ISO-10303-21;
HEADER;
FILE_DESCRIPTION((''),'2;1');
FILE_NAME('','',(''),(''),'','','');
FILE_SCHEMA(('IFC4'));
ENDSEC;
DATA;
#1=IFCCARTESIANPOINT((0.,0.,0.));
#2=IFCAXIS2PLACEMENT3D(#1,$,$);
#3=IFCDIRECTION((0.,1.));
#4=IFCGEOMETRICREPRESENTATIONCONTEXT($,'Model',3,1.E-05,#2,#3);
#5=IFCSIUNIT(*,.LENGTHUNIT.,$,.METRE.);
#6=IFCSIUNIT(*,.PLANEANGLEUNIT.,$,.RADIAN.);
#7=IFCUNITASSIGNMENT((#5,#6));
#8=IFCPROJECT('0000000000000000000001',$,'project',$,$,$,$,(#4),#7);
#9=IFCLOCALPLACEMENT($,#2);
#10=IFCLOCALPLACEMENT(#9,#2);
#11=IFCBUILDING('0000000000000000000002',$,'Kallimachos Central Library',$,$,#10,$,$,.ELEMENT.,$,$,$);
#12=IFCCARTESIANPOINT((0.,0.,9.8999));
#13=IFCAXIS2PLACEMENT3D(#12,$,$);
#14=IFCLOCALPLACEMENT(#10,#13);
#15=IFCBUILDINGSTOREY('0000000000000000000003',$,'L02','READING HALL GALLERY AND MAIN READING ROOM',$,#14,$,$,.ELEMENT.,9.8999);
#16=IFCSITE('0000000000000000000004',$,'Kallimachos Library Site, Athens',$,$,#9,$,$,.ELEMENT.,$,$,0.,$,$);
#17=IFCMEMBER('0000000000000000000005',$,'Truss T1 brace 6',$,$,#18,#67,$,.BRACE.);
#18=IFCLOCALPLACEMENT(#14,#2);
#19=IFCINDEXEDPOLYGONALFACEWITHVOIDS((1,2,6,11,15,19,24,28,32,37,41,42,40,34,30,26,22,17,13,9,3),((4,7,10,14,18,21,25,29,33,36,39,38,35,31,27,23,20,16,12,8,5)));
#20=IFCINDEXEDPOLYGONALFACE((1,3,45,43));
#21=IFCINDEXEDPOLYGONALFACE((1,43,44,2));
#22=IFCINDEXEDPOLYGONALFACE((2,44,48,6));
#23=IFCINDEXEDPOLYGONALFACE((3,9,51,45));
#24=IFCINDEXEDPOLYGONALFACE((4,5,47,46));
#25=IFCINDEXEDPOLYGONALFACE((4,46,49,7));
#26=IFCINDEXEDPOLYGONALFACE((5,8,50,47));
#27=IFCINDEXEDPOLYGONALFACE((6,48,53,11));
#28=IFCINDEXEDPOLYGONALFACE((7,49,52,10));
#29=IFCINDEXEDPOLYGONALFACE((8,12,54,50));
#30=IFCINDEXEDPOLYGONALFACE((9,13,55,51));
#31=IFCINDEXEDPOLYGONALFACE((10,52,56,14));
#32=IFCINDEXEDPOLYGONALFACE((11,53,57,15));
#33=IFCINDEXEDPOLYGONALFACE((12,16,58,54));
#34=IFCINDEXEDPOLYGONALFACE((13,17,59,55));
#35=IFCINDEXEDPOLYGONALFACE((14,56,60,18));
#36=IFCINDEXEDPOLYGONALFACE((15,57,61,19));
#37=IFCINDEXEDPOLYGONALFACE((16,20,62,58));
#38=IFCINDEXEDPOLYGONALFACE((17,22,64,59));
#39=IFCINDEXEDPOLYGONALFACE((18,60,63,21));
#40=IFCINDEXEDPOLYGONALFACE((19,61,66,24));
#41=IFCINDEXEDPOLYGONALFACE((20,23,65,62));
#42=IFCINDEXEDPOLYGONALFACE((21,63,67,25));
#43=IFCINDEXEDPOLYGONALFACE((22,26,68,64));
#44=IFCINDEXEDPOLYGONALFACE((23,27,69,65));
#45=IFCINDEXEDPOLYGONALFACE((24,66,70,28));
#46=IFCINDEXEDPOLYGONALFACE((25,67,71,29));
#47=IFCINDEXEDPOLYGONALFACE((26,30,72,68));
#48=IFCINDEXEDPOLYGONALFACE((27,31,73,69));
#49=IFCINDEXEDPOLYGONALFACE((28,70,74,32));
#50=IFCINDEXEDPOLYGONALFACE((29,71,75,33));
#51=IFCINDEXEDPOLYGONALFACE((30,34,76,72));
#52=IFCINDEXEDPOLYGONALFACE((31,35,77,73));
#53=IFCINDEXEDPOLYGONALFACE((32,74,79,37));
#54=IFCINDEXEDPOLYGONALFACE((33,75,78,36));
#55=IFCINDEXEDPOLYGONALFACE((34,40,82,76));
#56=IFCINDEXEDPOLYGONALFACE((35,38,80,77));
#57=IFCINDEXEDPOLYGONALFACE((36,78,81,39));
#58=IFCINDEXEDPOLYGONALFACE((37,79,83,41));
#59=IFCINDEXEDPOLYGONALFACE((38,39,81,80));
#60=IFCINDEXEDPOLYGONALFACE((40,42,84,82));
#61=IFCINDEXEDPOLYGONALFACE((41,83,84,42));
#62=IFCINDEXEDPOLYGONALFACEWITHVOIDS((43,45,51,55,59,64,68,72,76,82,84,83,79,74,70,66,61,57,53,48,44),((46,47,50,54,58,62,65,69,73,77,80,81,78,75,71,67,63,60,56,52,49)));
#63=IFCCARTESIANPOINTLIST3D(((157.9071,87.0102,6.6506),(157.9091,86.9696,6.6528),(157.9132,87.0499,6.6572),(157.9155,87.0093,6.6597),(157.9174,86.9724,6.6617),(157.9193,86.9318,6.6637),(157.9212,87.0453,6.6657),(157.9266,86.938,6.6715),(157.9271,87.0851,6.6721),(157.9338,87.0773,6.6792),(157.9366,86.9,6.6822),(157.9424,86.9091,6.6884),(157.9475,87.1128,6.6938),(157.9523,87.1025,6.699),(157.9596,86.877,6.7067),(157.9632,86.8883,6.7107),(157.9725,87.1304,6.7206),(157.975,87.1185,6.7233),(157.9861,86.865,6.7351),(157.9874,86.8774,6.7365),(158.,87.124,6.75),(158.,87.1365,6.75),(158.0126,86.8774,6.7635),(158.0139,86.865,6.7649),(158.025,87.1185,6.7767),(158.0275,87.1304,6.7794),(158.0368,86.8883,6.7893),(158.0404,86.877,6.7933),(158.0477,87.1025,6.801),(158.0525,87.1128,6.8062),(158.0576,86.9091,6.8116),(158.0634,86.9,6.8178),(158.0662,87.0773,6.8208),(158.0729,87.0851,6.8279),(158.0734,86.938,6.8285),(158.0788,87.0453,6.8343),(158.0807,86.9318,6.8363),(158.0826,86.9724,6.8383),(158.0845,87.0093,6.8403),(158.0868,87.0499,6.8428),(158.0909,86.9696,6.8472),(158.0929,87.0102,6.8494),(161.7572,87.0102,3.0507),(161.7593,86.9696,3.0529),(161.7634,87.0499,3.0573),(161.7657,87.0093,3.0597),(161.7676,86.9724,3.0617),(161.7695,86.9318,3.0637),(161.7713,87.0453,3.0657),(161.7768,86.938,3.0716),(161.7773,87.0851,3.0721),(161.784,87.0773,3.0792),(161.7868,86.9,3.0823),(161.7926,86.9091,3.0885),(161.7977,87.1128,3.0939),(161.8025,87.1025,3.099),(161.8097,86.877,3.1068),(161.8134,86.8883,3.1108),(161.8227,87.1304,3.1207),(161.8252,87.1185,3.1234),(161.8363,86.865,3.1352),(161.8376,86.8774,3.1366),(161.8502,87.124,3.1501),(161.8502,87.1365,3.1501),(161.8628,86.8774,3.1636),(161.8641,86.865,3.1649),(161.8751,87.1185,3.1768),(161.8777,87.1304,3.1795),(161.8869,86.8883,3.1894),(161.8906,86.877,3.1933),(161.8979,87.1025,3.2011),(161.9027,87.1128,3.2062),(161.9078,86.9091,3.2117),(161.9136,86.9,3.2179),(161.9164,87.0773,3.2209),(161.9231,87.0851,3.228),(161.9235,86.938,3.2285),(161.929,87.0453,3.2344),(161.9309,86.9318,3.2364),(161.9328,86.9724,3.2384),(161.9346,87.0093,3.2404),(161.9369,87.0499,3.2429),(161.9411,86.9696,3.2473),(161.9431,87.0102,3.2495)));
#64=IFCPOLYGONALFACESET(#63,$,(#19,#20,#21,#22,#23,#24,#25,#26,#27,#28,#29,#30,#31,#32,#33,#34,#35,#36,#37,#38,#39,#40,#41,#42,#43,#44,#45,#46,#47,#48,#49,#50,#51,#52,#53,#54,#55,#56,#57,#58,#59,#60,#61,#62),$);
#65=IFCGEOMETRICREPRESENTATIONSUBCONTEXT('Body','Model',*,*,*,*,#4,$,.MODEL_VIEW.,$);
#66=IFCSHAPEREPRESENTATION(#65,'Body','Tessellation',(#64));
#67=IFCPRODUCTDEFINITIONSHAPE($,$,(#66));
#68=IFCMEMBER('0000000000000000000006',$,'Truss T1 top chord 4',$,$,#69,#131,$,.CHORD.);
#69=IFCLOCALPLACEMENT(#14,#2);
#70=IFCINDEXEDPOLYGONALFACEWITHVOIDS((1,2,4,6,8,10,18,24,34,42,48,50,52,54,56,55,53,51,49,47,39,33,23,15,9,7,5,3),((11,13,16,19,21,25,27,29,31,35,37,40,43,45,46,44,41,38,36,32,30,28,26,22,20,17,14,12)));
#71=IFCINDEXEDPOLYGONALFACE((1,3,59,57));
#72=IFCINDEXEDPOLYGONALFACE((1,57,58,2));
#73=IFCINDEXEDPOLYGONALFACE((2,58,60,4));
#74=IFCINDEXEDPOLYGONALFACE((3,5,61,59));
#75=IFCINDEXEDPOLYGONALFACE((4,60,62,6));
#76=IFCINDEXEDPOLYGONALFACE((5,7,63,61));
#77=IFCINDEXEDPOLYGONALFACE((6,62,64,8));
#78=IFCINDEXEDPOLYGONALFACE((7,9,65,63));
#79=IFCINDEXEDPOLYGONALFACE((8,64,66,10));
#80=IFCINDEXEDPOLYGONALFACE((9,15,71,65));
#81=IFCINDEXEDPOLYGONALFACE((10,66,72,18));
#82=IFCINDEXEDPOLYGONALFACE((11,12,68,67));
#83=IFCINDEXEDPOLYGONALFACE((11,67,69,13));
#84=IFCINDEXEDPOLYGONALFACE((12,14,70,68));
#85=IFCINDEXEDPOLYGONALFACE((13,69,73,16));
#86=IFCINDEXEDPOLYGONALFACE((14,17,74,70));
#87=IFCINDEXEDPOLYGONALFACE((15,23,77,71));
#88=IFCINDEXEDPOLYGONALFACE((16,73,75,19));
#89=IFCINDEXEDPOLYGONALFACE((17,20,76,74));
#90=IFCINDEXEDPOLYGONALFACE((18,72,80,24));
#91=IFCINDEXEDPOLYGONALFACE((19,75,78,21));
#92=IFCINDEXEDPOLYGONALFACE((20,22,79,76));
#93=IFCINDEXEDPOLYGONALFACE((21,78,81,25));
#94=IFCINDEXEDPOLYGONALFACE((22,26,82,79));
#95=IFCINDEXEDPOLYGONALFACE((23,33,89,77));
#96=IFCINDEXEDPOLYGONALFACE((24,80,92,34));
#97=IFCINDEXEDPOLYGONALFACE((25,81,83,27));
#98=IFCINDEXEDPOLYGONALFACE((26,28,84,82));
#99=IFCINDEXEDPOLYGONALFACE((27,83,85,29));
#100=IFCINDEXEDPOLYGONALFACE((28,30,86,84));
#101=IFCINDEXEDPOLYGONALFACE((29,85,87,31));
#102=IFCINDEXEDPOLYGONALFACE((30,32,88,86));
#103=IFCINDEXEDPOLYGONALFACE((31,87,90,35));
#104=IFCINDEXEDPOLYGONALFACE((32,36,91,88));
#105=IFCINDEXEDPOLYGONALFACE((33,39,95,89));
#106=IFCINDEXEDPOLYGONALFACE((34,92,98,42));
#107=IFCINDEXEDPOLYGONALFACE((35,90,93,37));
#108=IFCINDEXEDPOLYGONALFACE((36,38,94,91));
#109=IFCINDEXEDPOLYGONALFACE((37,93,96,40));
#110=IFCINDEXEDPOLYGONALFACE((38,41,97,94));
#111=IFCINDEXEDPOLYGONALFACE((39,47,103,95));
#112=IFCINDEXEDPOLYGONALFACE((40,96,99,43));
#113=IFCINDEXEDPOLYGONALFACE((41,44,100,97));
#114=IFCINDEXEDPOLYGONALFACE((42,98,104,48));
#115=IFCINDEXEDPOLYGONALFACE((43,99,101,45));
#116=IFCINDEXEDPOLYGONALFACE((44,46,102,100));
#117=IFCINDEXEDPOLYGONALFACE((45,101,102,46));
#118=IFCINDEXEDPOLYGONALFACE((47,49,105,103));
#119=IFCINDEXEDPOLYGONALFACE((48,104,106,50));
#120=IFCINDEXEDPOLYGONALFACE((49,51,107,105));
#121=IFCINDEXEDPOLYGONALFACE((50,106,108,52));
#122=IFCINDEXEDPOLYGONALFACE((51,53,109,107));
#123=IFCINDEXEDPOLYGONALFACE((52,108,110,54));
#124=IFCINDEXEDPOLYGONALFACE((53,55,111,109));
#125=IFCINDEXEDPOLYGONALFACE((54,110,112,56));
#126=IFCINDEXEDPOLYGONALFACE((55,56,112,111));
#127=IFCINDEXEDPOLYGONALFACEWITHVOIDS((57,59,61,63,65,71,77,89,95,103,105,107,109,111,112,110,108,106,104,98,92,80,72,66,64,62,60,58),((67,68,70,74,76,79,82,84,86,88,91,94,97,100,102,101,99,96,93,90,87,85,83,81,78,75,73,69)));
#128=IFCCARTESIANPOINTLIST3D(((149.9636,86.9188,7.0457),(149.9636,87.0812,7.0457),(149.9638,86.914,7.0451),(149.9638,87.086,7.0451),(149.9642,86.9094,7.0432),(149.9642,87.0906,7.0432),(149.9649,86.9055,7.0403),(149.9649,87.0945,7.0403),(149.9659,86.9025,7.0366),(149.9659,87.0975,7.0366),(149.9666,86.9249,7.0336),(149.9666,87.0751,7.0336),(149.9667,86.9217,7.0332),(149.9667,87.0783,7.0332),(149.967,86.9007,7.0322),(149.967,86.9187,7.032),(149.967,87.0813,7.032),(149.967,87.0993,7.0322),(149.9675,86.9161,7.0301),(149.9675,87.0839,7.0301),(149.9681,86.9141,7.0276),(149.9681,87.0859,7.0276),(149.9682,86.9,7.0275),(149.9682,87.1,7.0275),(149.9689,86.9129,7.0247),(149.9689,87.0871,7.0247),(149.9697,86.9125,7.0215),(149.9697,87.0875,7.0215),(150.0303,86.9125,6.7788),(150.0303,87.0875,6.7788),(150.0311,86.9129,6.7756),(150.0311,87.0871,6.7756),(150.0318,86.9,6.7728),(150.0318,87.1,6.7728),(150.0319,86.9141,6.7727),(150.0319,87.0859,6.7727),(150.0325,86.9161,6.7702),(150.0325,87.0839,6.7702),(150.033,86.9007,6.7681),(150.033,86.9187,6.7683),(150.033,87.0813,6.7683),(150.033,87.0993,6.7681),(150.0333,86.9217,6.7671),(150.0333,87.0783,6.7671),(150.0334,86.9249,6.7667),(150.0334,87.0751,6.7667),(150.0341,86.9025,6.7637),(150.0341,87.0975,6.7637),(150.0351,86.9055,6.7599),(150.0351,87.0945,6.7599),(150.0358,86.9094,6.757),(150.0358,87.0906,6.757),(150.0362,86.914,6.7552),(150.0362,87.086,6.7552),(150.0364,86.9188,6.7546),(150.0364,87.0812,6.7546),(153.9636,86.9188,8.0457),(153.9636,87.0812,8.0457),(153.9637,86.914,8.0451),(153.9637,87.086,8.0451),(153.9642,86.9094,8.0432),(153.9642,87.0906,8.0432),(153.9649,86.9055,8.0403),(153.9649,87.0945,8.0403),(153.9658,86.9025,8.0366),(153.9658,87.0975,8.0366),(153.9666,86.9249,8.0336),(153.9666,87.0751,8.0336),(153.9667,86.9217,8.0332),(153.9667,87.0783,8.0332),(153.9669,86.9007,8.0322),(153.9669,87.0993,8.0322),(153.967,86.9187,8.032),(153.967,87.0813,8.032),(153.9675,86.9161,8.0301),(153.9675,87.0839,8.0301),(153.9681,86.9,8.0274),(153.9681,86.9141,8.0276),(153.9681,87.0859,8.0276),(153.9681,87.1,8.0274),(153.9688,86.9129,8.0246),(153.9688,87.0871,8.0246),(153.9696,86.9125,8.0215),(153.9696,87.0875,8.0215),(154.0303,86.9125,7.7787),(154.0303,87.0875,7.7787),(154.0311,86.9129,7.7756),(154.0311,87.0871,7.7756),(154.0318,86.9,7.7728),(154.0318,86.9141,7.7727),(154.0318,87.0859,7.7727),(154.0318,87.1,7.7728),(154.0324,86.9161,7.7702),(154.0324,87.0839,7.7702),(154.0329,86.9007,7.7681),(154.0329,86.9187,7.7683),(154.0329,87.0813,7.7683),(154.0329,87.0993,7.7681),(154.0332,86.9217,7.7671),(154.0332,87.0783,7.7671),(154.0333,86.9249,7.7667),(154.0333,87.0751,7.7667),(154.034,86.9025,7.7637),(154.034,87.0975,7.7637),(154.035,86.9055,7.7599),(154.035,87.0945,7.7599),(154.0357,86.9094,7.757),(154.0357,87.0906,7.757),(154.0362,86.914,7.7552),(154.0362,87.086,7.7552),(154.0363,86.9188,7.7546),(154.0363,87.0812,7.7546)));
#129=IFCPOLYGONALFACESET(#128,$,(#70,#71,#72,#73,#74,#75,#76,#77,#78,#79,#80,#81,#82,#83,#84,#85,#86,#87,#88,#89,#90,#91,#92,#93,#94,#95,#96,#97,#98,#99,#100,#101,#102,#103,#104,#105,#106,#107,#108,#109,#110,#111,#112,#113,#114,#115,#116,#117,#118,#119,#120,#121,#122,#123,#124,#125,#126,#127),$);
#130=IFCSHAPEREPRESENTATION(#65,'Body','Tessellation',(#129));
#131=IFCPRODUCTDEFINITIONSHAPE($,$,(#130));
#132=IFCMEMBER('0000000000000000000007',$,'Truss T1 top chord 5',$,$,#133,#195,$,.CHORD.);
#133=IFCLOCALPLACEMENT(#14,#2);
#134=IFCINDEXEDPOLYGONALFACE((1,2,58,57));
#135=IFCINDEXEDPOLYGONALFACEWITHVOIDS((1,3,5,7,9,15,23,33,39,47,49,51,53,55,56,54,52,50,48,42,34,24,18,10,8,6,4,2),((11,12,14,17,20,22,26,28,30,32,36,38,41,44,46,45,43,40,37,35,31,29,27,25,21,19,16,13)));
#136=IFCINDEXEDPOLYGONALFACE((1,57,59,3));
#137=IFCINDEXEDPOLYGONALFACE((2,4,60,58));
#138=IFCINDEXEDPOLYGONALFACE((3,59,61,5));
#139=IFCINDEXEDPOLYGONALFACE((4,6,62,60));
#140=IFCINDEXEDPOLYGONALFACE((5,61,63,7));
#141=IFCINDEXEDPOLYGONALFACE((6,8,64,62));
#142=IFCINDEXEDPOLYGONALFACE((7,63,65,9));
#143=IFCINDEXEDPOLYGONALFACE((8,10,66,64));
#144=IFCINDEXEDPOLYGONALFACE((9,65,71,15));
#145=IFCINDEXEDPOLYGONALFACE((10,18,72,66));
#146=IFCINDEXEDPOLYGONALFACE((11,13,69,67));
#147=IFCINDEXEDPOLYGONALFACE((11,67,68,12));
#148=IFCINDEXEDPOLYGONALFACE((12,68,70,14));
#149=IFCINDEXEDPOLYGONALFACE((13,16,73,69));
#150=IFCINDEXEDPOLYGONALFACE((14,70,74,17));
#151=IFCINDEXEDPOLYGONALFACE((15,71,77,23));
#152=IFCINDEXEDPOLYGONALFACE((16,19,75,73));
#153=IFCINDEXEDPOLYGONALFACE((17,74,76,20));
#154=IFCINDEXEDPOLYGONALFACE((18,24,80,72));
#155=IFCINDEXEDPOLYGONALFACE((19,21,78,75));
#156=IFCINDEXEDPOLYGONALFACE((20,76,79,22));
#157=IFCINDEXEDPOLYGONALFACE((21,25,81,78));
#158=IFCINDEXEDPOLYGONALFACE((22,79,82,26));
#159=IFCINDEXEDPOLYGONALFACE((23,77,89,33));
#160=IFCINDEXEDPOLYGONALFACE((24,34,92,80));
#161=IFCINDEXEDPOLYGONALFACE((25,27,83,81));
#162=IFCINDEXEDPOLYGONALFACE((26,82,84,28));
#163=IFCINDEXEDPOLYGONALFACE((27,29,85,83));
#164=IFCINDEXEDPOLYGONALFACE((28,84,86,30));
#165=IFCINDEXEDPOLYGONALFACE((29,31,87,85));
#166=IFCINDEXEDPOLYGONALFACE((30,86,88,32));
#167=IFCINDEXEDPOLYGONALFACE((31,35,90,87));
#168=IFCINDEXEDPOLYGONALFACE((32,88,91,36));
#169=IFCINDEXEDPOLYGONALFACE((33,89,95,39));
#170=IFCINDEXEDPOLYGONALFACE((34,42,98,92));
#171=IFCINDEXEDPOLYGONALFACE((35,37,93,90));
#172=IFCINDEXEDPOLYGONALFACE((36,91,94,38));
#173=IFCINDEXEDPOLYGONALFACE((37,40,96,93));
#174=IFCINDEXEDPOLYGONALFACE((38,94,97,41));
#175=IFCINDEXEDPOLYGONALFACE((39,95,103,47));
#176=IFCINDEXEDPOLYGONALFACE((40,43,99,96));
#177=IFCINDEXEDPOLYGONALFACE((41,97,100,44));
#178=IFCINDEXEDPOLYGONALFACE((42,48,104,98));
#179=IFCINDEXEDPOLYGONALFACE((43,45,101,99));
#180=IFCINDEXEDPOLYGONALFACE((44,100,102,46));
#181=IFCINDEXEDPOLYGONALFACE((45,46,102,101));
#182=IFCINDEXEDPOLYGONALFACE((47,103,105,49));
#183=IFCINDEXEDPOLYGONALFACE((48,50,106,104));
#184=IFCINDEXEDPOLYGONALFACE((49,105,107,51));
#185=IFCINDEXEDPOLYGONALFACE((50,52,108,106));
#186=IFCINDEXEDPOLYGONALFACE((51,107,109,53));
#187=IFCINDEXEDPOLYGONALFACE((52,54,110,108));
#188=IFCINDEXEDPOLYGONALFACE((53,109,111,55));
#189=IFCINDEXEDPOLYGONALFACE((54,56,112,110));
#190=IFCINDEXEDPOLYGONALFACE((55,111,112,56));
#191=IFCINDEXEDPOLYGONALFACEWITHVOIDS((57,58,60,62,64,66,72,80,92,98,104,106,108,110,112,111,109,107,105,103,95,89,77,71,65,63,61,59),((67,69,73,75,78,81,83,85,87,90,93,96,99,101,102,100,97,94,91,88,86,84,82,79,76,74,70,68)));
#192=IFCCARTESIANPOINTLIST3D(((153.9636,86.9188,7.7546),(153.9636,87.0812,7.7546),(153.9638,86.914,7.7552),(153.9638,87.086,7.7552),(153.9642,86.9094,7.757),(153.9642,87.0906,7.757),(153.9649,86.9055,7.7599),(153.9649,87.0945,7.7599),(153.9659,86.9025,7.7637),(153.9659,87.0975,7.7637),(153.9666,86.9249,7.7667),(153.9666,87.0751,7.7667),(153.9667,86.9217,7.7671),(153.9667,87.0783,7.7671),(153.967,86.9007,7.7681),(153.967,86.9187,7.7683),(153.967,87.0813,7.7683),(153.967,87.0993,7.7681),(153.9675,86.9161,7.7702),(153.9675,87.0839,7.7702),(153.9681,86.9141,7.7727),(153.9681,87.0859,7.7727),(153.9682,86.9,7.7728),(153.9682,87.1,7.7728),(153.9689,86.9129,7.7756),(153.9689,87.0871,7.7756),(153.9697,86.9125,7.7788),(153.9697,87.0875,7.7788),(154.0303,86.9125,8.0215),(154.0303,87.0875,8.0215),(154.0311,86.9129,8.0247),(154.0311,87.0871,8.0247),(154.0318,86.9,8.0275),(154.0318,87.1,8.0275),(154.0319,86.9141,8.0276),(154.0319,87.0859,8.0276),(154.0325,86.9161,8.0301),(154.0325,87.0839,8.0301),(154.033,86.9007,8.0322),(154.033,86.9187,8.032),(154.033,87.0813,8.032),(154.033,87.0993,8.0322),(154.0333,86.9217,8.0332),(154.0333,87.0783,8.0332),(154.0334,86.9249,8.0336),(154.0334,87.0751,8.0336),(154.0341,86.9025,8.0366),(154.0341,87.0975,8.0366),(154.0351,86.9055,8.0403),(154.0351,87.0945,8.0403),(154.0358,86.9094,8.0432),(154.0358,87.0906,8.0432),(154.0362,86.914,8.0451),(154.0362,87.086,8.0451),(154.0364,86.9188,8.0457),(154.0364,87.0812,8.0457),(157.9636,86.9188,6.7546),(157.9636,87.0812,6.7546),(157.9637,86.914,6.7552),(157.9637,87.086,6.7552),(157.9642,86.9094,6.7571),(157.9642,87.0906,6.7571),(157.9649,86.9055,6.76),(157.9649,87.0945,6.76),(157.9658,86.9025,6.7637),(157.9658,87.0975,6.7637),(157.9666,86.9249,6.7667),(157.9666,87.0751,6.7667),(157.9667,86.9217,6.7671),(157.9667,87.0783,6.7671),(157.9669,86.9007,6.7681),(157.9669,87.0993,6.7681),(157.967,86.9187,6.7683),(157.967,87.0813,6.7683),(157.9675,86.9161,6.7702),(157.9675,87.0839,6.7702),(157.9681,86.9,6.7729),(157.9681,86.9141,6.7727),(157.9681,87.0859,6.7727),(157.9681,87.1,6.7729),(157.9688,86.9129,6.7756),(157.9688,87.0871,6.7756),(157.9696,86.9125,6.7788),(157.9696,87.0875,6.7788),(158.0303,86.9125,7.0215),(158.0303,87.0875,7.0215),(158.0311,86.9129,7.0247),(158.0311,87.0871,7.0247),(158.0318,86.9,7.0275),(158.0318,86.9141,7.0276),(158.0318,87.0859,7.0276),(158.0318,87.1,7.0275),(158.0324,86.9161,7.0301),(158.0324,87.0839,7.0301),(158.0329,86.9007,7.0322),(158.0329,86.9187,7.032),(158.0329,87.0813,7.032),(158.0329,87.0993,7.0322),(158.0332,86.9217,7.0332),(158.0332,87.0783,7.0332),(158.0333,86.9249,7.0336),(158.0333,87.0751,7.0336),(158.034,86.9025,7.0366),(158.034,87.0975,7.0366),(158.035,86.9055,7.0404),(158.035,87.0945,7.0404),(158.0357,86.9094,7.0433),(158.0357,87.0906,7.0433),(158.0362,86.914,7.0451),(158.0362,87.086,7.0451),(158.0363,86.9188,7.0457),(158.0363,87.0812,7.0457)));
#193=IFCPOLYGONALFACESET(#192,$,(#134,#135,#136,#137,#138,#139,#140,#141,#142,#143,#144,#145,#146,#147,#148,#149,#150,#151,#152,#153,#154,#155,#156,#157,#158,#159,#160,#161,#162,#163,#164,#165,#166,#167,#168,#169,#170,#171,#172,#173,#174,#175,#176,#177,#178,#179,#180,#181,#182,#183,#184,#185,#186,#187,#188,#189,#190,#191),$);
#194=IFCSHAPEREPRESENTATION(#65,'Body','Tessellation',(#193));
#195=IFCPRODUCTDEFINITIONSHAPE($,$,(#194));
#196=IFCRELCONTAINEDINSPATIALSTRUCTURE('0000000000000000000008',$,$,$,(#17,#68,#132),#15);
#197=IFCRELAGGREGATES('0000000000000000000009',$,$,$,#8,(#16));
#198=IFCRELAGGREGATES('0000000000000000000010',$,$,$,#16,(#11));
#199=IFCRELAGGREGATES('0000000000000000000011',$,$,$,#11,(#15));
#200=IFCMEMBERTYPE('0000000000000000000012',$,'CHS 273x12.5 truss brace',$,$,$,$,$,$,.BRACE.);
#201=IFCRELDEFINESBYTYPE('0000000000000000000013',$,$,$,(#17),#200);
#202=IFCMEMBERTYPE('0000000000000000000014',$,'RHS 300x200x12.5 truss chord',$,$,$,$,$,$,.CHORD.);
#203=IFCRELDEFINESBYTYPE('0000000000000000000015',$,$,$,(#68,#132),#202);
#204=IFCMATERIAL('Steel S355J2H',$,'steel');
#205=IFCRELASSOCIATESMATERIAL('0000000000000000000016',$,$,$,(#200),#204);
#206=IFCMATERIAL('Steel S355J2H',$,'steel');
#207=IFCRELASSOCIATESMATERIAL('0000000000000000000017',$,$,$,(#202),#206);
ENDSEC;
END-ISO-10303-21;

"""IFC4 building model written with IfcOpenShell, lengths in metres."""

from ifc_helpers import new_model, si_unit, direction, frame, origin, origin_2d, place, context, subcontext, project, spatial, hollow_rectangle, hollow_circle, extrude, material, material_profile, profile_set, type_object, element, save


model = new_model("IFC4")

# Units and contexts
model_context = context("Model", 3, precision=1e-05, world=origin(), true_north=direction((0.0, 1.0)))
body_context = subcontext(model_context, "Body", "Model", "MODEL_VIEW")
ifc_project = project(units=[si_unit("LENGTHUNIT", "METRE"), si_unit("PLANEANGLEUNIT", "RADIAN")], contexts=[model_context])

# Site, building, storey
site_placement = place(None, origin())
site = spatial("IfcSite", under=ifc_project, at=site_placement, Name="Kallimachos Library Site, Athens", CompositionType="ELEMENT", RefElevation=0.0)
building_placement = place(site_placement, origin())
building = spatial("IfcBuilding", under=site, at=building_placement, Name="Kallimachos Central Library", CompositionType="ELEMENT")
storey_placement = place(building_placement, frame((0.0, 0.0, 9.8999)))
storey = spatial("IfcBuildingStorey", under=building, at=storey_placement, Name="L02", Description="READING HALL GALLERY AND MAIN READING ROOM", CompositionType="ELEMENT", Elevation=9.8999)

# Members
ifc_material_1 = material(Name="Steel S355J2H", Category="steel")
ifc_material_profile_1 = material_profile(ifc_material_1, hollow_circle(Radius=0.1365, WallThickness=0.0125, at=origin_2d()), Name="CHS 273x12.5")
ifc_profile_set_1 = profile_set([ifc_material_profile_1], Name="Steel S355J2H")
member_type_1 = type_object("IfcMemberType", Name="CHS 273x12.5 truss brace", PredefinedType="BRACE", material=ifc_profile_set_1)
member_1_placement = place(storey_placement, frame((158.0, 87.0, 6.75), z_axis=(0.730447, 0.0, -0.68297), x_axis=(0.0, 1.0, 0.0)))
element("IfcMember", 1, at=member_1_placement, inside=storey, type_object=member_type_1, Name="Truss T1 brace 6", PredefinedType="BRACE", context=body_context, shape_type="SweptSolid", body=[
    extrude(hollow_circle(Radius=0.1365, WallThickness=0.0125, at=origin_2d()), origin(), (0.0, 0.0, 1.0), 5.271),
])
ifc_material_2 = material(Name="Steel S355J2H", Category="steel")
ifc_material_profile_2 = material_profile(ifc_material_2, hollow_rectangle(XDim=0.2, YDim=0.3, WallThickness=0.0125, InnerFilletRadius=0.0125, OuterFilletRadius=0.0188, at=origin_2d()), Name="RHS 300x200x12.5")
ifc_profile_set_2 = profile_set([ifc_material_profile_2], Name="Steel S355J2H")
member_type_2 = type_object("IfcMemberType", Name="RHS 300x200x12.5 truss chord", PredefinedType="CHORD", material=ifc_profile_set_2)
for number, where, z_axis, x_axis, name in (
    (2, (150.0, 87.0, 6.9001), (0.970143, 0.0, 0.242536), (0.0, 1.0, 0.0), "Truss T1 top chord 4"),
    (3, (154.0, 87.0, 7.9001), (0.970143, 0.0, -0.242536), (0.0, 1.0, 0.0), "Truss T1 top chord 5"),
):
    element("IfcMember", number, at=place(storey_placement, frame(where, z_axis=z_axis, x_axis=x_axis)), inside=storey, type_object=member_type_2, Name=name, PredefinedType="CHORD", context=body_context, shape_type="SweptSolid", body=[
        extrude(hollow_rectangle(XDim=0.2, YDim=0.3, WallThickness=0.0125, InnerFilletRadius=0.0125, OuterFilletRadius=0.0188, at=origin_2d()), origin(), (0.0, 0.0, 1.0), 4.123),
    ])

save(model, "model.ifc")
